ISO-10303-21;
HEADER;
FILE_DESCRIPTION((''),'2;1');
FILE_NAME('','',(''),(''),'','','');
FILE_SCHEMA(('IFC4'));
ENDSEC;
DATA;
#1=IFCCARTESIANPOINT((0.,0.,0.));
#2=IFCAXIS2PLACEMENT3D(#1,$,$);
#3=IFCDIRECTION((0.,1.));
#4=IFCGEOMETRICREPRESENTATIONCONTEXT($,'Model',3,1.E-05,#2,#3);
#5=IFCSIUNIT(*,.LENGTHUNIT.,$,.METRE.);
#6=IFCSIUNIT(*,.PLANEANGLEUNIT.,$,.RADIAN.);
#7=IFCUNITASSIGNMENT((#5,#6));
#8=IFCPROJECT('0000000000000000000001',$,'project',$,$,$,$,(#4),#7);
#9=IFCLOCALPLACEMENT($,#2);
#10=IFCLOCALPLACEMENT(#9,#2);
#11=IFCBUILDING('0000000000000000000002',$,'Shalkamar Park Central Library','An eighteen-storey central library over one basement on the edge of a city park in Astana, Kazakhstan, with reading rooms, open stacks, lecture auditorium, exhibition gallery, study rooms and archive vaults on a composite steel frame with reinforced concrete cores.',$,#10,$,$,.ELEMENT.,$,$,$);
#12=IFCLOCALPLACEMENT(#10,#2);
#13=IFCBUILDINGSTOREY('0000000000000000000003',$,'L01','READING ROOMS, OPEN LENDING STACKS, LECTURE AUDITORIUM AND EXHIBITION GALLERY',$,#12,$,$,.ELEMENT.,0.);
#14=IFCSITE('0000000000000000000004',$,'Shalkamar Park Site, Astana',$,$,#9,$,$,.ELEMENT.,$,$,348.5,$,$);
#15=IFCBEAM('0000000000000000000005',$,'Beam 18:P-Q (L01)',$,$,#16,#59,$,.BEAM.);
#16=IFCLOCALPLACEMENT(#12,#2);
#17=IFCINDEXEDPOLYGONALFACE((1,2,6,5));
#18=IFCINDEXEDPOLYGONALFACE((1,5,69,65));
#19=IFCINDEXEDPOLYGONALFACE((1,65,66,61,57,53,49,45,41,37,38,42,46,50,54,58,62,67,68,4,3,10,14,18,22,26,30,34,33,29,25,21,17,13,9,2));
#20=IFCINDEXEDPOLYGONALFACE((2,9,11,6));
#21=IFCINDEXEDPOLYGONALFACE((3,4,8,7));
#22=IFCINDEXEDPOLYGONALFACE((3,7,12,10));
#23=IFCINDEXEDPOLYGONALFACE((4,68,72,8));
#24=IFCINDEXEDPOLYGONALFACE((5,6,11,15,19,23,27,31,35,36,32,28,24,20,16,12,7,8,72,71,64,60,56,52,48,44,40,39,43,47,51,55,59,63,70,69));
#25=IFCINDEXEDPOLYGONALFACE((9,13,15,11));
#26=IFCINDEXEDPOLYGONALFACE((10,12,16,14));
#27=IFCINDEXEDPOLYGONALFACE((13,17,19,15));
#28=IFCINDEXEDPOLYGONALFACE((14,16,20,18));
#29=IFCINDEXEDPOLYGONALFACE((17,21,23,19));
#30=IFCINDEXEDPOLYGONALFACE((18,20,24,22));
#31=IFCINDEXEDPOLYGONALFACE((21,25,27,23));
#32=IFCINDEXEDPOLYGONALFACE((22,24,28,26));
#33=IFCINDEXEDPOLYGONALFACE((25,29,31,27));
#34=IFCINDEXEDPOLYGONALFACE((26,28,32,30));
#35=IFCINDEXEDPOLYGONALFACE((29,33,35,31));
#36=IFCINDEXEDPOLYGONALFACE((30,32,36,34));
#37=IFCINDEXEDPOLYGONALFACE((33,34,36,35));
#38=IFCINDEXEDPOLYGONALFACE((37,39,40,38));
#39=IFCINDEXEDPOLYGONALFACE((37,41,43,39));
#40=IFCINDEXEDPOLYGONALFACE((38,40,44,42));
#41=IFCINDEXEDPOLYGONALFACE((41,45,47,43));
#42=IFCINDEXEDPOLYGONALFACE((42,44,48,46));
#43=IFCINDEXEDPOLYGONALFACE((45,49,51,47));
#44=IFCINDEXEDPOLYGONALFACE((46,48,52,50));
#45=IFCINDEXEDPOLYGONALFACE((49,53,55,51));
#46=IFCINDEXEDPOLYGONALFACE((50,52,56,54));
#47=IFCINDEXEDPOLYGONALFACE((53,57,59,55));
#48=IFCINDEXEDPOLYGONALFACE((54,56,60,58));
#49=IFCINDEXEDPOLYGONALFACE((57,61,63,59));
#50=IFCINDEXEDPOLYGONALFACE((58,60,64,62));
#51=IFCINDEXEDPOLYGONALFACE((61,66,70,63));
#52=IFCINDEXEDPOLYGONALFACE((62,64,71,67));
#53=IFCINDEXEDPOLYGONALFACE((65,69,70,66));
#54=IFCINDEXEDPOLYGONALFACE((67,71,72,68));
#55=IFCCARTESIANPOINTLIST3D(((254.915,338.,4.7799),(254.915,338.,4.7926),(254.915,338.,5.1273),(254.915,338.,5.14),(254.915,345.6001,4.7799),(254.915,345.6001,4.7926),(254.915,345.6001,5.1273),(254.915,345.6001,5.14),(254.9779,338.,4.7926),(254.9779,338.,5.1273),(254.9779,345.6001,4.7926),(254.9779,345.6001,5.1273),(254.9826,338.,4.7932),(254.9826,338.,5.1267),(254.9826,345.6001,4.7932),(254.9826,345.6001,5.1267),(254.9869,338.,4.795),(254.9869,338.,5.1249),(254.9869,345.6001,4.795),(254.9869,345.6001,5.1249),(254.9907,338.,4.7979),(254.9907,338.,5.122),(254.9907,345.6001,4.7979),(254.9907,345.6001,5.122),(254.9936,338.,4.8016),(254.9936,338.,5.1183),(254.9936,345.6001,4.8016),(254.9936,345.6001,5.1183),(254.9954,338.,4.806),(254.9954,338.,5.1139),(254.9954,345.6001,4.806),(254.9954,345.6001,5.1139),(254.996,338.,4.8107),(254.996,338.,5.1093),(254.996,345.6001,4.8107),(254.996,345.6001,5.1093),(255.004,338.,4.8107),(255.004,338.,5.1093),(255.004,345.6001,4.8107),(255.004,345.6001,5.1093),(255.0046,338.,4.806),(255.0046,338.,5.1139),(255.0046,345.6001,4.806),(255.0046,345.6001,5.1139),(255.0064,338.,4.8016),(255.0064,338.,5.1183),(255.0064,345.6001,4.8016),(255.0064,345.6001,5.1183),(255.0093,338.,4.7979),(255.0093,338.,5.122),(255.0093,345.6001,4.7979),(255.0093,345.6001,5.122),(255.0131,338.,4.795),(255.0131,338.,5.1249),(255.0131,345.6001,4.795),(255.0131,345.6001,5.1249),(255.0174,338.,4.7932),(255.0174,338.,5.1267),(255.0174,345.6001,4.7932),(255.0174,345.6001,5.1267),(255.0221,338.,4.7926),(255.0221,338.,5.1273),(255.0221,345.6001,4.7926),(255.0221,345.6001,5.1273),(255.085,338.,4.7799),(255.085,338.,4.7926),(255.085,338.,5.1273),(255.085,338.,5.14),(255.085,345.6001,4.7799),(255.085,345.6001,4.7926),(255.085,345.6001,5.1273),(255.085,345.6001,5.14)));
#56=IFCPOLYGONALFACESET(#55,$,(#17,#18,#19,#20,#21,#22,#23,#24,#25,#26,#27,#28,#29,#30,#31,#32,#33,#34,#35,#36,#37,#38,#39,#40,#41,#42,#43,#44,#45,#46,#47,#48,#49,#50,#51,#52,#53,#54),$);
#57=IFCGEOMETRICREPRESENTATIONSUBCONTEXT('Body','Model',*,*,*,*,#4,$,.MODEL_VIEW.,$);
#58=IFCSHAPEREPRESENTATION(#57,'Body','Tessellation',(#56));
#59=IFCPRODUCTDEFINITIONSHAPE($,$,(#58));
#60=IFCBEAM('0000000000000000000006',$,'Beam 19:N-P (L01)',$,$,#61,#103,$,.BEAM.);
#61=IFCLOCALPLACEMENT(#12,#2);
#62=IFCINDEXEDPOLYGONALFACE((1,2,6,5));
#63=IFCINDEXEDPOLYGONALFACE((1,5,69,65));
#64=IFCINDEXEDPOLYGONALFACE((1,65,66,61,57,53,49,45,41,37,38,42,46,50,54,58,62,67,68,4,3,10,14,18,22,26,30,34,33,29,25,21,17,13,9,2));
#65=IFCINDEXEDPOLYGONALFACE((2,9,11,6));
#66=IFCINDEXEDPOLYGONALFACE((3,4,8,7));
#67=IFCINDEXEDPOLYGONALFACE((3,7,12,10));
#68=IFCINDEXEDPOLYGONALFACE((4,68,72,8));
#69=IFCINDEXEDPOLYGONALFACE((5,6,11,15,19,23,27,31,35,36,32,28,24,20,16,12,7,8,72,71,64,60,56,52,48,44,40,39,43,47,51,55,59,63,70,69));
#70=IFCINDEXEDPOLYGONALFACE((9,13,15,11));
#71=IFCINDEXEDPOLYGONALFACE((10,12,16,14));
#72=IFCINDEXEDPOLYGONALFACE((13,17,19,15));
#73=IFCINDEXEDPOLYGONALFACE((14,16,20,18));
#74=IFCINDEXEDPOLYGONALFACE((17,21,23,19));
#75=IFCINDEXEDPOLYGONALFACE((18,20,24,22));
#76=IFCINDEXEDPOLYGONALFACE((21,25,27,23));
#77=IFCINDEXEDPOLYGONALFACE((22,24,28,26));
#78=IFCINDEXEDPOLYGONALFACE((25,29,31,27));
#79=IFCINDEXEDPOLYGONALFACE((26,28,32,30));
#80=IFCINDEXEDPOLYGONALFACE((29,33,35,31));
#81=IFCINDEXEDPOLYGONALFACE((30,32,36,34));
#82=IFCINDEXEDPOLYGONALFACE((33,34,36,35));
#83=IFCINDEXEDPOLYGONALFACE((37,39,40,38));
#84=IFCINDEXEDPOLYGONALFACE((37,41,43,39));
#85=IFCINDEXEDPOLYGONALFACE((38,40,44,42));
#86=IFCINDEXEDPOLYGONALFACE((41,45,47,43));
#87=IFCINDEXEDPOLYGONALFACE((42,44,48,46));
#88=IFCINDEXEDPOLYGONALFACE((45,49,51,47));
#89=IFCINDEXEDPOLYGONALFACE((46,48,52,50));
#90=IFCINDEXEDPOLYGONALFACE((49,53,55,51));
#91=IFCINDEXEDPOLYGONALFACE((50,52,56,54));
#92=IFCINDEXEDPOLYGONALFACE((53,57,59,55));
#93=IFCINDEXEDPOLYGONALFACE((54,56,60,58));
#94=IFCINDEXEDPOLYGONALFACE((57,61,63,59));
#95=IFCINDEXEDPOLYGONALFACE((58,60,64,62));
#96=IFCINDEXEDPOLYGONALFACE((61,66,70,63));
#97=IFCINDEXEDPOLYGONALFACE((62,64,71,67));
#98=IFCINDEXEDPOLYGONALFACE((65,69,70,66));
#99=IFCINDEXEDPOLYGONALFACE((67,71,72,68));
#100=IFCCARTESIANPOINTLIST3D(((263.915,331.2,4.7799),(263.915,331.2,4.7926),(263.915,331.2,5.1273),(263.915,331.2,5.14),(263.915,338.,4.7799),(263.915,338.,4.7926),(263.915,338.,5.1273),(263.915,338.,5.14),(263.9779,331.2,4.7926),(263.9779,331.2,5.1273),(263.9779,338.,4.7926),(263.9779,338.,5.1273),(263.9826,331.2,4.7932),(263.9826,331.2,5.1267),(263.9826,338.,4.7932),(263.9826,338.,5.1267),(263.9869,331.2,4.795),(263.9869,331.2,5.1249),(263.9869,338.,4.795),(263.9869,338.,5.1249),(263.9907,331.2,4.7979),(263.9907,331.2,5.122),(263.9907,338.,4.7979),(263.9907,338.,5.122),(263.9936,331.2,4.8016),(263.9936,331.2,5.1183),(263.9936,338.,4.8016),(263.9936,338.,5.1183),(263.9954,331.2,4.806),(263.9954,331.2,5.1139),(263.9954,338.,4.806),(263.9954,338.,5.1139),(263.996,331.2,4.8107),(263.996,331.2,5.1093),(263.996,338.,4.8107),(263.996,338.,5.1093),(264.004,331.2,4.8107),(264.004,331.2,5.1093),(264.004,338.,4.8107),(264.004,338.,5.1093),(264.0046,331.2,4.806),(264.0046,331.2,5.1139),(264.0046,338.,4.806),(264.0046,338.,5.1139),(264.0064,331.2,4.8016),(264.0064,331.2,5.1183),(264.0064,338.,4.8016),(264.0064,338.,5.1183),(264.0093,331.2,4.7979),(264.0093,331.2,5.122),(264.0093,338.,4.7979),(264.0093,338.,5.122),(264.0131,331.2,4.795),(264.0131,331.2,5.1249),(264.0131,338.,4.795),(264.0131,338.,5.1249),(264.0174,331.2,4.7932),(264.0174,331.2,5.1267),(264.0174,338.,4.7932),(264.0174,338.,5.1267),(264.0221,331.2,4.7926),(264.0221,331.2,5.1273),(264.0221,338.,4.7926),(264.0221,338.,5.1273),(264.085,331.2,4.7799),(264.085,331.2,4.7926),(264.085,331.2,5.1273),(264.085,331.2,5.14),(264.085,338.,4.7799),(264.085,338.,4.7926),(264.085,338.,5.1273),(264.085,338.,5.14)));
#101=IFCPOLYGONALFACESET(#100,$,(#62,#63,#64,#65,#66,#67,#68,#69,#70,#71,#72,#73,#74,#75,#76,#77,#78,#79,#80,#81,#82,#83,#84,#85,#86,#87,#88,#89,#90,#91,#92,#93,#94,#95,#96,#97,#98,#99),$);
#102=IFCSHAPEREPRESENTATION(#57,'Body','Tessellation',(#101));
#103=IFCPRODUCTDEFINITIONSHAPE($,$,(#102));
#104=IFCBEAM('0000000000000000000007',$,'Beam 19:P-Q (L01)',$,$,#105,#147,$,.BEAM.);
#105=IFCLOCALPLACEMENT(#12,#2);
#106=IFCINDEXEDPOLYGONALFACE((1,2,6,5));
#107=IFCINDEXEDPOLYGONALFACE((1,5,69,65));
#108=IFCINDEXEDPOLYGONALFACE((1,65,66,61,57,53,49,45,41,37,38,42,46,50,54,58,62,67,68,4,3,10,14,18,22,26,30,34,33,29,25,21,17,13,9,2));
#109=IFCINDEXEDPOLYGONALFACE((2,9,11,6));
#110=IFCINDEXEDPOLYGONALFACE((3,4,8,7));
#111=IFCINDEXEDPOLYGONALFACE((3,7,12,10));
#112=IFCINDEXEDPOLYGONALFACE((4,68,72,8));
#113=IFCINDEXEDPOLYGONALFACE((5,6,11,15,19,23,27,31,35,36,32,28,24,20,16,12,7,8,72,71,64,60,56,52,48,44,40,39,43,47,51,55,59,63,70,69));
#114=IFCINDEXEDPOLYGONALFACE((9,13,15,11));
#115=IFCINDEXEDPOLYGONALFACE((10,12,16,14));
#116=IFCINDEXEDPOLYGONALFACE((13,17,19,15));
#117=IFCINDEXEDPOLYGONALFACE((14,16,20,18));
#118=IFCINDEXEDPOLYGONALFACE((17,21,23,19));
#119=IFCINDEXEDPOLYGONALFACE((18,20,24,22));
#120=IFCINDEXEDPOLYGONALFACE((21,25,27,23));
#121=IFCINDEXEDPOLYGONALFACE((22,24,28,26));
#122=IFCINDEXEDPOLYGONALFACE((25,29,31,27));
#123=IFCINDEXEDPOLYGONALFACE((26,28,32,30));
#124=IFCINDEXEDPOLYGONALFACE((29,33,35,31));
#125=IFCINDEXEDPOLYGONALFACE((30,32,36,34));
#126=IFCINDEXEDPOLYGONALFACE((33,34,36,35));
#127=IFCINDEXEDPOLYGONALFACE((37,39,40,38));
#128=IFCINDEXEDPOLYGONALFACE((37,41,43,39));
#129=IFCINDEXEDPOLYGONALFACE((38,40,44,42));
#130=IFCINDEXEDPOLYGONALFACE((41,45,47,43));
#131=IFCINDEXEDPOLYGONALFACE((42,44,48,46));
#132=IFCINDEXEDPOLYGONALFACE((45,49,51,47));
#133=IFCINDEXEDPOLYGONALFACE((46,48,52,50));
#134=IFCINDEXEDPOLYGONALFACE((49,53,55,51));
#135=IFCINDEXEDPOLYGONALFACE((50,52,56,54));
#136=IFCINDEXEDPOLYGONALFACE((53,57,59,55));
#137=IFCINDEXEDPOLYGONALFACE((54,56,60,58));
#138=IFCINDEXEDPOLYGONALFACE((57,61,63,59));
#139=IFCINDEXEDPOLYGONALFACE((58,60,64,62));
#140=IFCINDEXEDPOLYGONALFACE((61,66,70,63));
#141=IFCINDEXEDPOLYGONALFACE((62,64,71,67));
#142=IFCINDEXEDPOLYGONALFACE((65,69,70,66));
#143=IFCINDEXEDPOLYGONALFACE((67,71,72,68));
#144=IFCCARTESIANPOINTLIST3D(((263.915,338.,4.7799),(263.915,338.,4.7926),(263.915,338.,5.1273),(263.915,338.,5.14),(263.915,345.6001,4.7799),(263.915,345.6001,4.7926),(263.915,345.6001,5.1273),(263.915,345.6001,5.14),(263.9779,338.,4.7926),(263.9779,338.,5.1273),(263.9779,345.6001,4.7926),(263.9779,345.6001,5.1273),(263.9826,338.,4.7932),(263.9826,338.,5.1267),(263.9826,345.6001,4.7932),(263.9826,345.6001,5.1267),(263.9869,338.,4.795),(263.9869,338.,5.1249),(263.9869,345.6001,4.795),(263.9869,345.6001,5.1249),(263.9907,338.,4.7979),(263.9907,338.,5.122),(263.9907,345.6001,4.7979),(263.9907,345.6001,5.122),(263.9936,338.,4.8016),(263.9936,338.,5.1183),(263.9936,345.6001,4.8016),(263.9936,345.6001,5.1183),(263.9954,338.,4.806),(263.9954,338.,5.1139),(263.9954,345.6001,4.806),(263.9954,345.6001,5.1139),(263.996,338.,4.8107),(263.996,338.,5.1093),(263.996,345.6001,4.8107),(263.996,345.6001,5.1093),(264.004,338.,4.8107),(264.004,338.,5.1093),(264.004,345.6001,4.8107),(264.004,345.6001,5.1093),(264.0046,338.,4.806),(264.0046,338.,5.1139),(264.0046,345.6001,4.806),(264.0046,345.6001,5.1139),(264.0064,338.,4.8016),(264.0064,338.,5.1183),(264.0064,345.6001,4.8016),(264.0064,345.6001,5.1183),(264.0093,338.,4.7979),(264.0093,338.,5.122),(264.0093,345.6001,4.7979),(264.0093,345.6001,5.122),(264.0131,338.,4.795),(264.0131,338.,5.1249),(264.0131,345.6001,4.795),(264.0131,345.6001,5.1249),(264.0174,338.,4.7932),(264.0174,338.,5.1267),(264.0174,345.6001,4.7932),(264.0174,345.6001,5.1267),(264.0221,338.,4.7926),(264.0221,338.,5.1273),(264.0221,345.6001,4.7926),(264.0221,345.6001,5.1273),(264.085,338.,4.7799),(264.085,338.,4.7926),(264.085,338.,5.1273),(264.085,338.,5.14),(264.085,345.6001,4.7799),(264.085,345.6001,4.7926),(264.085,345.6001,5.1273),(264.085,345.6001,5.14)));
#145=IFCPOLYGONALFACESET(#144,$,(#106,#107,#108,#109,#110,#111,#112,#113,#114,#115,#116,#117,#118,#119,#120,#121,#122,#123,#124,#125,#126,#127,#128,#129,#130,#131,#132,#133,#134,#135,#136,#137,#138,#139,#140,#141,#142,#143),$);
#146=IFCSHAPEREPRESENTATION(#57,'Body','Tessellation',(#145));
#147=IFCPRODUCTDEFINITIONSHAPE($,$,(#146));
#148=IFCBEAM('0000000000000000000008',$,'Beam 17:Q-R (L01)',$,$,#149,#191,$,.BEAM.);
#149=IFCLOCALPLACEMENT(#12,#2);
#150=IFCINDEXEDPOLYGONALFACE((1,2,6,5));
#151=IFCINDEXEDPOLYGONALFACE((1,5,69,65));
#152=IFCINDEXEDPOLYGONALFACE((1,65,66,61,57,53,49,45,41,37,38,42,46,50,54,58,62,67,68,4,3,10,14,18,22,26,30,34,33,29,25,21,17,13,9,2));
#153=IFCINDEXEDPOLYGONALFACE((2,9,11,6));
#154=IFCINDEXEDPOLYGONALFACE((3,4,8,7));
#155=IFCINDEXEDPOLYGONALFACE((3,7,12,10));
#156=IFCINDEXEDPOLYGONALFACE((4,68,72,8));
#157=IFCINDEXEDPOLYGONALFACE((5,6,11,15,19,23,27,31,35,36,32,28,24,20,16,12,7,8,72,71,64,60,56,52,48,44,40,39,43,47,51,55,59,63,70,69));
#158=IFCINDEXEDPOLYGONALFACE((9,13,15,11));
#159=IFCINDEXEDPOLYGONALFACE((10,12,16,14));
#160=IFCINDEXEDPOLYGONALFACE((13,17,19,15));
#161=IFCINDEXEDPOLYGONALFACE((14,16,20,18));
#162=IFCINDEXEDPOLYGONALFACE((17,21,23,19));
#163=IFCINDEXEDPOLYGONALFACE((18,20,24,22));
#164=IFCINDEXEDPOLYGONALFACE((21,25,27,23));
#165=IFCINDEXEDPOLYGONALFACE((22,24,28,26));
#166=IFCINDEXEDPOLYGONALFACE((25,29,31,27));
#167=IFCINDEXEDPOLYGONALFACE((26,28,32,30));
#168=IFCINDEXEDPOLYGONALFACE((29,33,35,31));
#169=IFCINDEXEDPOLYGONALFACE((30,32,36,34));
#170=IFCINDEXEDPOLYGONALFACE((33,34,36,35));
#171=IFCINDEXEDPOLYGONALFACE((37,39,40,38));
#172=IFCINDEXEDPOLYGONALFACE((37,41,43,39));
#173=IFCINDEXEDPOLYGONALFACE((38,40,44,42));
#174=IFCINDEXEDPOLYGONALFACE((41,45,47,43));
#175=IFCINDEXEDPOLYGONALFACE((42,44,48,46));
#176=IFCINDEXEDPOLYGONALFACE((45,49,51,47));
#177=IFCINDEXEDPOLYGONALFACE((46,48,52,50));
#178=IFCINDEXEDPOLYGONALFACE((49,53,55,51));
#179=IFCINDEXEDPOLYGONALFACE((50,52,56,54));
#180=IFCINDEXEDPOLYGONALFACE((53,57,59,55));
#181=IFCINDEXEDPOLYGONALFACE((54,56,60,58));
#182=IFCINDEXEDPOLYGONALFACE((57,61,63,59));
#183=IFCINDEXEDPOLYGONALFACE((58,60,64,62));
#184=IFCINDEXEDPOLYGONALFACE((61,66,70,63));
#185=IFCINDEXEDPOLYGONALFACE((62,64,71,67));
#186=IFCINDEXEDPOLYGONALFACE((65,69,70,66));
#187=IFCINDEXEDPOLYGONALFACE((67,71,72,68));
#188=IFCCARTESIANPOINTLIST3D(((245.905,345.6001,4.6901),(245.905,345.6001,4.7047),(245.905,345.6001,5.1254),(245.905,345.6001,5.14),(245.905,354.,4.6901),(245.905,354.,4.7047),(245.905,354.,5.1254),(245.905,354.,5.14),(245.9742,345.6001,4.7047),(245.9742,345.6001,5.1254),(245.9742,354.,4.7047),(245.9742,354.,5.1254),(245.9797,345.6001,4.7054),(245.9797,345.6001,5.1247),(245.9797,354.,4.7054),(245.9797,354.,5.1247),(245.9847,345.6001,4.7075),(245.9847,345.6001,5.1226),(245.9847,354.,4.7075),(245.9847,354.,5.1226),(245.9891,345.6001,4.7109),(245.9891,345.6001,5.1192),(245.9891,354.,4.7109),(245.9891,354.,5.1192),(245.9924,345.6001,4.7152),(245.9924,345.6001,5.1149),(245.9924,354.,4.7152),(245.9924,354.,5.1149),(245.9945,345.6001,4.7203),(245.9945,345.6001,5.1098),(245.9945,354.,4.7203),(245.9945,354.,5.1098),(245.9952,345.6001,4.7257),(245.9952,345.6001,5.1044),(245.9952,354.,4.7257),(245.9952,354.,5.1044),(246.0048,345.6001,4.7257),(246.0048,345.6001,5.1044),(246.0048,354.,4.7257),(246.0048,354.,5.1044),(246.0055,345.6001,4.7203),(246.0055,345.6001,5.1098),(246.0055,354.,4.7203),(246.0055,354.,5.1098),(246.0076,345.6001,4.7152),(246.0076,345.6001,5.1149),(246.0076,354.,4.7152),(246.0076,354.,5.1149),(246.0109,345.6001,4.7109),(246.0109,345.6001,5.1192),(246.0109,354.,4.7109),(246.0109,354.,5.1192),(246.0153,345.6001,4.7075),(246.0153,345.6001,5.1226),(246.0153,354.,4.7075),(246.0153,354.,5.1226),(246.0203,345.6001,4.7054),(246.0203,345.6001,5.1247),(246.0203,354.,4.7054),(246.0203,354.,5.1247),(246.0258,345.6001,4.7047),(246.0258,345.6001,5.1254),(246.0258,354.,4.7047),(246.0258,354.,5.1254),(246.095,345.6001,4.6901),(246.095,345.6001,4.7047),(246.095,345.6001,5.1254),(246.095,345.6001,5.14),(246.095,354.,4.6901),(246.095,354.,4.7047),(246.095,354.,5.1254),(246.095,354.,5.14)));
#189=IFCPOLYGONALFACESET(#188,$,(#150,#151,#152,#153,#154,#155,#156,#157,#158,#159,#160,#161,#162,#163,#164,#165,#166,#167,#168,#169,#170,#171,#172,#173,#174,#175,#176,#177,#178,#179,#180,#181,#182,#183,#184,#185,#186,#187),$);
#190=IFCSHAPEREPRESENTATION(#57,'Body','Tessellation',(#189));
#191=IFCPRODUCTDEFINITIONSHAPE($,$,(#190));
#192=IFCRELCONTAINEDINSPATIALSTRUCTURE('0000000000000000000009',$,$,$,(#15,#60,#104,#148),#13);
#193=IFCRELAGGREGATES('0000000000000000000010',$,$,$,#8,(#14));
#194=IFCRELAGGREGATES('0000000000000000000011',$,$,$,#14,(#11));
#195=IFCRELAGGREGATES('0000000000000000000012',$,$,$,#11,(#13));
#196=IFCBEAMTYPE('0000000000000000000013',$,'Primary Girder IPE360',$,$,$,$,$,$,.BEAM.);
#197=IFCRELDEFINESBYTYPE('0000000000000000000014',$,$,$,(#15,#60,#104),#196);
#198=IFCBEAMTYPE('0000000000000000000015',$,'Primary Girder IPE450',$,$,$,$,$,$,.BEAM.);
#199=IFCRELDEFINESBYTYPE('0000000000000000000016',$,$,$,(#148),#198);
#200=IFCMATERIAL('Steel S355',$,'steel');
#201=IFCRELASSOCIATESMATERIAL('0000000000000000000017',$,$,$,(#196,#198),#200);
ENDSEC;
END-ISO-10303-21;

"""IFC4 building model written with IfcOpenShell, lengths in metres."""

from ifc_helpers import new_model, si_unit, direction, frame, origin, origin_2d, place, context, subcontext, project, spatial, i_section, extrude, material, material_profile, profile_set, type_object, element, save


model = new_model("IFC4")

# Units and contexts
model_context = context("Model", 3, precision=1e-05, world=origin(), true_north=direction((0.0, 1.0)))
body_context = subcontext(model_context, "Body", "Model", "MODEL_VIEW")
ifc_project = project(units=[si_unit("LENGTHUNIT", "METRE"), si_unit("PLANEANGLEUNIT", "RADIAN")], contexts=[model_context])

# Site, building, storey
site_placement = place(None, origin())
site = spatial("IfcSite", under=ifc_project, at=site_placement, Name="Shalkamar Park Site, Astana", CompositionType="ELEMENT", RefElevation=348.5)
building_placement = place(site_placement, origin())
building = spatial("IfcBuilding", under=site, at=building_placement, Name="Shalkamar Park Central Library", Description="An eighteen-storey central library over one basement on the edge of a city park in Astana, Kazakhstan, with reading rooms, open stacks, lecture auditorium, exhibition gallery, study rooms and archive vaults on a composite steel frame with reinforced concrete cores.", CompositionType="ELEMENT")
storey_placement = place(building_placement, origin())
storey = spatial("IfcBuildingStorey", under=building, at=storey_placement, Name="L01", Description="READING ROOMS, OPEN LENDING STACKS, LECTURE AUDITORIUM AND EXHIBITION GALLERY", CompositionType="ELEMENT", Elevation=0.0)

# Shared definitions
ifc_material_1 = material(Name="Steel S355", Category="steel")

# Beams
ifc_material_profile_1 = material_profile(ifc_material_1, i_section(OverallWidth=0.1699, OverallDepth=0.3601, WebThickness=0.0081, FlangeThickness=0.0127, FilletRadius=0.0181, at=origin_2d()), Name="IPE 360")
ifc_profile_set_1 = profile_set([ifc_material_profile_1], Name="Steel S355")
beam_type_1 = type_object("IfcBeamType", Name="Primary Girder IPE360", PredefinedType="BEAM", material=ifc_profile_set_1)
beam_1_placement = place(storey_placement, frame((255.0, 338.0, 4.96), z_axis=(0.0, 1.0, 0.0), x_axis=(-1.0, 0.0, 0.0)))
element("IfcBeam", 1, at=beam_1_placement, inside=storey, type_object=beam_type_1, Name="Beam 18:P-Q (L01)", PredefinedType="BEAM", context=body_context, shape_type="SweptSolid", body=[
    extrude(i_section(OverallWidth=0.1699, OverallDepth=0.3601, WebThickness=0.0081, FlangeThickness=0.0127, FilletRadius=0.0181, at=origin_2d()), origin(), (0.0, 0.0, 1.0), 7.6001),
])
beam_2_placement = place(storey_placement, frame((264.0, 331.2, 4.96), z_axis=(0.0, 1.0, 0.0), x_axis=(-1.0, 0.0, 0.0)))
element("IfcBeam", 2, at=beam_2_placement, inside=storey, type_object=beam_type_1, Name="Beam 19:N-P (L01)", PredefinedType="BEAM", context=body_context, shape_type="SweptSolid", body=[
    extrude(i_section(OverallWidth=0.1699, OverallDepth=0.3601, WebThickness=0.0081, FlangeThickness=0.0127, FilletRadius=0.0181, at=origin_2d()), origin(), (0.0, 0.0, 1.0), 6.8),
])
beam_3_placement = place(storey_placement, frame((264.0, 338.0, 4.96), z_axis=(0.0, 1.0, 0.0), x_axis=(-1.0, 0.0, 0.0)))
element("IfcBeam", 3, at=beam_3_placement, inside=storey, type_object=beam_type_1, Name="Beam 19:P-Q (L01)", PredefinedType="BEAM", context=body_context, shape_type="SweptSolid", body=[
    extrude(i_section(OverallWidth=0.1699, OverallDepth=0.3601, WebThickness=0.0081, FlangeThickness=0.0127, FilletRadius=0.0181, at=origin_2d()), origin(), (0.0, 0.0, 1.0), 7.6001),
])
ifc_material_profile_2 = material_profile(ifc_material_1, i_section(OverallWidth=0.1899, OverallDepth=0.45, WebThickness=0.0095, FlangeThickness=0.0146, FilletRadius=0.021, at=origin_2d()), Name="IPE 450")
ifc_profile_set_2 = profile_set([ifc_material_profile_2], Name="Steel S355")
beam_type_2 = type_object("IfcBeamType", Name="Primary Girder IPE450", PredefinedType="BEAM", material=ifc_profile_set_2)
for number, where, z_axis, x_axis, name in (
    (4, (246.0, 345.6001, 4.915), (0.0, 1.0, 0.0), (-1.0, 0.0, 0.0), "Beam 17:Q-R (L01)"),
):
    element("IfcBeam", number, at=place(storey_placement, frame(where, z_axis=z_axis, x_axis=x_axis)), inside=storey, type_object=beam_type_2, Name=name, PredefinedType="BEAM", context=body_context, shape_type="SweptSolid", body=[
        extrude(i_section(OverallWidth=0.1899, OverallDepth=0.45, WebThickness=0.0095, FlangeThickness=0.0146, FilletRadius=0.021, at=origin_2d()), origin(), (0.0, 0.0, 1.0), 8.3999),
    ])

save(model, "model.ifc")
